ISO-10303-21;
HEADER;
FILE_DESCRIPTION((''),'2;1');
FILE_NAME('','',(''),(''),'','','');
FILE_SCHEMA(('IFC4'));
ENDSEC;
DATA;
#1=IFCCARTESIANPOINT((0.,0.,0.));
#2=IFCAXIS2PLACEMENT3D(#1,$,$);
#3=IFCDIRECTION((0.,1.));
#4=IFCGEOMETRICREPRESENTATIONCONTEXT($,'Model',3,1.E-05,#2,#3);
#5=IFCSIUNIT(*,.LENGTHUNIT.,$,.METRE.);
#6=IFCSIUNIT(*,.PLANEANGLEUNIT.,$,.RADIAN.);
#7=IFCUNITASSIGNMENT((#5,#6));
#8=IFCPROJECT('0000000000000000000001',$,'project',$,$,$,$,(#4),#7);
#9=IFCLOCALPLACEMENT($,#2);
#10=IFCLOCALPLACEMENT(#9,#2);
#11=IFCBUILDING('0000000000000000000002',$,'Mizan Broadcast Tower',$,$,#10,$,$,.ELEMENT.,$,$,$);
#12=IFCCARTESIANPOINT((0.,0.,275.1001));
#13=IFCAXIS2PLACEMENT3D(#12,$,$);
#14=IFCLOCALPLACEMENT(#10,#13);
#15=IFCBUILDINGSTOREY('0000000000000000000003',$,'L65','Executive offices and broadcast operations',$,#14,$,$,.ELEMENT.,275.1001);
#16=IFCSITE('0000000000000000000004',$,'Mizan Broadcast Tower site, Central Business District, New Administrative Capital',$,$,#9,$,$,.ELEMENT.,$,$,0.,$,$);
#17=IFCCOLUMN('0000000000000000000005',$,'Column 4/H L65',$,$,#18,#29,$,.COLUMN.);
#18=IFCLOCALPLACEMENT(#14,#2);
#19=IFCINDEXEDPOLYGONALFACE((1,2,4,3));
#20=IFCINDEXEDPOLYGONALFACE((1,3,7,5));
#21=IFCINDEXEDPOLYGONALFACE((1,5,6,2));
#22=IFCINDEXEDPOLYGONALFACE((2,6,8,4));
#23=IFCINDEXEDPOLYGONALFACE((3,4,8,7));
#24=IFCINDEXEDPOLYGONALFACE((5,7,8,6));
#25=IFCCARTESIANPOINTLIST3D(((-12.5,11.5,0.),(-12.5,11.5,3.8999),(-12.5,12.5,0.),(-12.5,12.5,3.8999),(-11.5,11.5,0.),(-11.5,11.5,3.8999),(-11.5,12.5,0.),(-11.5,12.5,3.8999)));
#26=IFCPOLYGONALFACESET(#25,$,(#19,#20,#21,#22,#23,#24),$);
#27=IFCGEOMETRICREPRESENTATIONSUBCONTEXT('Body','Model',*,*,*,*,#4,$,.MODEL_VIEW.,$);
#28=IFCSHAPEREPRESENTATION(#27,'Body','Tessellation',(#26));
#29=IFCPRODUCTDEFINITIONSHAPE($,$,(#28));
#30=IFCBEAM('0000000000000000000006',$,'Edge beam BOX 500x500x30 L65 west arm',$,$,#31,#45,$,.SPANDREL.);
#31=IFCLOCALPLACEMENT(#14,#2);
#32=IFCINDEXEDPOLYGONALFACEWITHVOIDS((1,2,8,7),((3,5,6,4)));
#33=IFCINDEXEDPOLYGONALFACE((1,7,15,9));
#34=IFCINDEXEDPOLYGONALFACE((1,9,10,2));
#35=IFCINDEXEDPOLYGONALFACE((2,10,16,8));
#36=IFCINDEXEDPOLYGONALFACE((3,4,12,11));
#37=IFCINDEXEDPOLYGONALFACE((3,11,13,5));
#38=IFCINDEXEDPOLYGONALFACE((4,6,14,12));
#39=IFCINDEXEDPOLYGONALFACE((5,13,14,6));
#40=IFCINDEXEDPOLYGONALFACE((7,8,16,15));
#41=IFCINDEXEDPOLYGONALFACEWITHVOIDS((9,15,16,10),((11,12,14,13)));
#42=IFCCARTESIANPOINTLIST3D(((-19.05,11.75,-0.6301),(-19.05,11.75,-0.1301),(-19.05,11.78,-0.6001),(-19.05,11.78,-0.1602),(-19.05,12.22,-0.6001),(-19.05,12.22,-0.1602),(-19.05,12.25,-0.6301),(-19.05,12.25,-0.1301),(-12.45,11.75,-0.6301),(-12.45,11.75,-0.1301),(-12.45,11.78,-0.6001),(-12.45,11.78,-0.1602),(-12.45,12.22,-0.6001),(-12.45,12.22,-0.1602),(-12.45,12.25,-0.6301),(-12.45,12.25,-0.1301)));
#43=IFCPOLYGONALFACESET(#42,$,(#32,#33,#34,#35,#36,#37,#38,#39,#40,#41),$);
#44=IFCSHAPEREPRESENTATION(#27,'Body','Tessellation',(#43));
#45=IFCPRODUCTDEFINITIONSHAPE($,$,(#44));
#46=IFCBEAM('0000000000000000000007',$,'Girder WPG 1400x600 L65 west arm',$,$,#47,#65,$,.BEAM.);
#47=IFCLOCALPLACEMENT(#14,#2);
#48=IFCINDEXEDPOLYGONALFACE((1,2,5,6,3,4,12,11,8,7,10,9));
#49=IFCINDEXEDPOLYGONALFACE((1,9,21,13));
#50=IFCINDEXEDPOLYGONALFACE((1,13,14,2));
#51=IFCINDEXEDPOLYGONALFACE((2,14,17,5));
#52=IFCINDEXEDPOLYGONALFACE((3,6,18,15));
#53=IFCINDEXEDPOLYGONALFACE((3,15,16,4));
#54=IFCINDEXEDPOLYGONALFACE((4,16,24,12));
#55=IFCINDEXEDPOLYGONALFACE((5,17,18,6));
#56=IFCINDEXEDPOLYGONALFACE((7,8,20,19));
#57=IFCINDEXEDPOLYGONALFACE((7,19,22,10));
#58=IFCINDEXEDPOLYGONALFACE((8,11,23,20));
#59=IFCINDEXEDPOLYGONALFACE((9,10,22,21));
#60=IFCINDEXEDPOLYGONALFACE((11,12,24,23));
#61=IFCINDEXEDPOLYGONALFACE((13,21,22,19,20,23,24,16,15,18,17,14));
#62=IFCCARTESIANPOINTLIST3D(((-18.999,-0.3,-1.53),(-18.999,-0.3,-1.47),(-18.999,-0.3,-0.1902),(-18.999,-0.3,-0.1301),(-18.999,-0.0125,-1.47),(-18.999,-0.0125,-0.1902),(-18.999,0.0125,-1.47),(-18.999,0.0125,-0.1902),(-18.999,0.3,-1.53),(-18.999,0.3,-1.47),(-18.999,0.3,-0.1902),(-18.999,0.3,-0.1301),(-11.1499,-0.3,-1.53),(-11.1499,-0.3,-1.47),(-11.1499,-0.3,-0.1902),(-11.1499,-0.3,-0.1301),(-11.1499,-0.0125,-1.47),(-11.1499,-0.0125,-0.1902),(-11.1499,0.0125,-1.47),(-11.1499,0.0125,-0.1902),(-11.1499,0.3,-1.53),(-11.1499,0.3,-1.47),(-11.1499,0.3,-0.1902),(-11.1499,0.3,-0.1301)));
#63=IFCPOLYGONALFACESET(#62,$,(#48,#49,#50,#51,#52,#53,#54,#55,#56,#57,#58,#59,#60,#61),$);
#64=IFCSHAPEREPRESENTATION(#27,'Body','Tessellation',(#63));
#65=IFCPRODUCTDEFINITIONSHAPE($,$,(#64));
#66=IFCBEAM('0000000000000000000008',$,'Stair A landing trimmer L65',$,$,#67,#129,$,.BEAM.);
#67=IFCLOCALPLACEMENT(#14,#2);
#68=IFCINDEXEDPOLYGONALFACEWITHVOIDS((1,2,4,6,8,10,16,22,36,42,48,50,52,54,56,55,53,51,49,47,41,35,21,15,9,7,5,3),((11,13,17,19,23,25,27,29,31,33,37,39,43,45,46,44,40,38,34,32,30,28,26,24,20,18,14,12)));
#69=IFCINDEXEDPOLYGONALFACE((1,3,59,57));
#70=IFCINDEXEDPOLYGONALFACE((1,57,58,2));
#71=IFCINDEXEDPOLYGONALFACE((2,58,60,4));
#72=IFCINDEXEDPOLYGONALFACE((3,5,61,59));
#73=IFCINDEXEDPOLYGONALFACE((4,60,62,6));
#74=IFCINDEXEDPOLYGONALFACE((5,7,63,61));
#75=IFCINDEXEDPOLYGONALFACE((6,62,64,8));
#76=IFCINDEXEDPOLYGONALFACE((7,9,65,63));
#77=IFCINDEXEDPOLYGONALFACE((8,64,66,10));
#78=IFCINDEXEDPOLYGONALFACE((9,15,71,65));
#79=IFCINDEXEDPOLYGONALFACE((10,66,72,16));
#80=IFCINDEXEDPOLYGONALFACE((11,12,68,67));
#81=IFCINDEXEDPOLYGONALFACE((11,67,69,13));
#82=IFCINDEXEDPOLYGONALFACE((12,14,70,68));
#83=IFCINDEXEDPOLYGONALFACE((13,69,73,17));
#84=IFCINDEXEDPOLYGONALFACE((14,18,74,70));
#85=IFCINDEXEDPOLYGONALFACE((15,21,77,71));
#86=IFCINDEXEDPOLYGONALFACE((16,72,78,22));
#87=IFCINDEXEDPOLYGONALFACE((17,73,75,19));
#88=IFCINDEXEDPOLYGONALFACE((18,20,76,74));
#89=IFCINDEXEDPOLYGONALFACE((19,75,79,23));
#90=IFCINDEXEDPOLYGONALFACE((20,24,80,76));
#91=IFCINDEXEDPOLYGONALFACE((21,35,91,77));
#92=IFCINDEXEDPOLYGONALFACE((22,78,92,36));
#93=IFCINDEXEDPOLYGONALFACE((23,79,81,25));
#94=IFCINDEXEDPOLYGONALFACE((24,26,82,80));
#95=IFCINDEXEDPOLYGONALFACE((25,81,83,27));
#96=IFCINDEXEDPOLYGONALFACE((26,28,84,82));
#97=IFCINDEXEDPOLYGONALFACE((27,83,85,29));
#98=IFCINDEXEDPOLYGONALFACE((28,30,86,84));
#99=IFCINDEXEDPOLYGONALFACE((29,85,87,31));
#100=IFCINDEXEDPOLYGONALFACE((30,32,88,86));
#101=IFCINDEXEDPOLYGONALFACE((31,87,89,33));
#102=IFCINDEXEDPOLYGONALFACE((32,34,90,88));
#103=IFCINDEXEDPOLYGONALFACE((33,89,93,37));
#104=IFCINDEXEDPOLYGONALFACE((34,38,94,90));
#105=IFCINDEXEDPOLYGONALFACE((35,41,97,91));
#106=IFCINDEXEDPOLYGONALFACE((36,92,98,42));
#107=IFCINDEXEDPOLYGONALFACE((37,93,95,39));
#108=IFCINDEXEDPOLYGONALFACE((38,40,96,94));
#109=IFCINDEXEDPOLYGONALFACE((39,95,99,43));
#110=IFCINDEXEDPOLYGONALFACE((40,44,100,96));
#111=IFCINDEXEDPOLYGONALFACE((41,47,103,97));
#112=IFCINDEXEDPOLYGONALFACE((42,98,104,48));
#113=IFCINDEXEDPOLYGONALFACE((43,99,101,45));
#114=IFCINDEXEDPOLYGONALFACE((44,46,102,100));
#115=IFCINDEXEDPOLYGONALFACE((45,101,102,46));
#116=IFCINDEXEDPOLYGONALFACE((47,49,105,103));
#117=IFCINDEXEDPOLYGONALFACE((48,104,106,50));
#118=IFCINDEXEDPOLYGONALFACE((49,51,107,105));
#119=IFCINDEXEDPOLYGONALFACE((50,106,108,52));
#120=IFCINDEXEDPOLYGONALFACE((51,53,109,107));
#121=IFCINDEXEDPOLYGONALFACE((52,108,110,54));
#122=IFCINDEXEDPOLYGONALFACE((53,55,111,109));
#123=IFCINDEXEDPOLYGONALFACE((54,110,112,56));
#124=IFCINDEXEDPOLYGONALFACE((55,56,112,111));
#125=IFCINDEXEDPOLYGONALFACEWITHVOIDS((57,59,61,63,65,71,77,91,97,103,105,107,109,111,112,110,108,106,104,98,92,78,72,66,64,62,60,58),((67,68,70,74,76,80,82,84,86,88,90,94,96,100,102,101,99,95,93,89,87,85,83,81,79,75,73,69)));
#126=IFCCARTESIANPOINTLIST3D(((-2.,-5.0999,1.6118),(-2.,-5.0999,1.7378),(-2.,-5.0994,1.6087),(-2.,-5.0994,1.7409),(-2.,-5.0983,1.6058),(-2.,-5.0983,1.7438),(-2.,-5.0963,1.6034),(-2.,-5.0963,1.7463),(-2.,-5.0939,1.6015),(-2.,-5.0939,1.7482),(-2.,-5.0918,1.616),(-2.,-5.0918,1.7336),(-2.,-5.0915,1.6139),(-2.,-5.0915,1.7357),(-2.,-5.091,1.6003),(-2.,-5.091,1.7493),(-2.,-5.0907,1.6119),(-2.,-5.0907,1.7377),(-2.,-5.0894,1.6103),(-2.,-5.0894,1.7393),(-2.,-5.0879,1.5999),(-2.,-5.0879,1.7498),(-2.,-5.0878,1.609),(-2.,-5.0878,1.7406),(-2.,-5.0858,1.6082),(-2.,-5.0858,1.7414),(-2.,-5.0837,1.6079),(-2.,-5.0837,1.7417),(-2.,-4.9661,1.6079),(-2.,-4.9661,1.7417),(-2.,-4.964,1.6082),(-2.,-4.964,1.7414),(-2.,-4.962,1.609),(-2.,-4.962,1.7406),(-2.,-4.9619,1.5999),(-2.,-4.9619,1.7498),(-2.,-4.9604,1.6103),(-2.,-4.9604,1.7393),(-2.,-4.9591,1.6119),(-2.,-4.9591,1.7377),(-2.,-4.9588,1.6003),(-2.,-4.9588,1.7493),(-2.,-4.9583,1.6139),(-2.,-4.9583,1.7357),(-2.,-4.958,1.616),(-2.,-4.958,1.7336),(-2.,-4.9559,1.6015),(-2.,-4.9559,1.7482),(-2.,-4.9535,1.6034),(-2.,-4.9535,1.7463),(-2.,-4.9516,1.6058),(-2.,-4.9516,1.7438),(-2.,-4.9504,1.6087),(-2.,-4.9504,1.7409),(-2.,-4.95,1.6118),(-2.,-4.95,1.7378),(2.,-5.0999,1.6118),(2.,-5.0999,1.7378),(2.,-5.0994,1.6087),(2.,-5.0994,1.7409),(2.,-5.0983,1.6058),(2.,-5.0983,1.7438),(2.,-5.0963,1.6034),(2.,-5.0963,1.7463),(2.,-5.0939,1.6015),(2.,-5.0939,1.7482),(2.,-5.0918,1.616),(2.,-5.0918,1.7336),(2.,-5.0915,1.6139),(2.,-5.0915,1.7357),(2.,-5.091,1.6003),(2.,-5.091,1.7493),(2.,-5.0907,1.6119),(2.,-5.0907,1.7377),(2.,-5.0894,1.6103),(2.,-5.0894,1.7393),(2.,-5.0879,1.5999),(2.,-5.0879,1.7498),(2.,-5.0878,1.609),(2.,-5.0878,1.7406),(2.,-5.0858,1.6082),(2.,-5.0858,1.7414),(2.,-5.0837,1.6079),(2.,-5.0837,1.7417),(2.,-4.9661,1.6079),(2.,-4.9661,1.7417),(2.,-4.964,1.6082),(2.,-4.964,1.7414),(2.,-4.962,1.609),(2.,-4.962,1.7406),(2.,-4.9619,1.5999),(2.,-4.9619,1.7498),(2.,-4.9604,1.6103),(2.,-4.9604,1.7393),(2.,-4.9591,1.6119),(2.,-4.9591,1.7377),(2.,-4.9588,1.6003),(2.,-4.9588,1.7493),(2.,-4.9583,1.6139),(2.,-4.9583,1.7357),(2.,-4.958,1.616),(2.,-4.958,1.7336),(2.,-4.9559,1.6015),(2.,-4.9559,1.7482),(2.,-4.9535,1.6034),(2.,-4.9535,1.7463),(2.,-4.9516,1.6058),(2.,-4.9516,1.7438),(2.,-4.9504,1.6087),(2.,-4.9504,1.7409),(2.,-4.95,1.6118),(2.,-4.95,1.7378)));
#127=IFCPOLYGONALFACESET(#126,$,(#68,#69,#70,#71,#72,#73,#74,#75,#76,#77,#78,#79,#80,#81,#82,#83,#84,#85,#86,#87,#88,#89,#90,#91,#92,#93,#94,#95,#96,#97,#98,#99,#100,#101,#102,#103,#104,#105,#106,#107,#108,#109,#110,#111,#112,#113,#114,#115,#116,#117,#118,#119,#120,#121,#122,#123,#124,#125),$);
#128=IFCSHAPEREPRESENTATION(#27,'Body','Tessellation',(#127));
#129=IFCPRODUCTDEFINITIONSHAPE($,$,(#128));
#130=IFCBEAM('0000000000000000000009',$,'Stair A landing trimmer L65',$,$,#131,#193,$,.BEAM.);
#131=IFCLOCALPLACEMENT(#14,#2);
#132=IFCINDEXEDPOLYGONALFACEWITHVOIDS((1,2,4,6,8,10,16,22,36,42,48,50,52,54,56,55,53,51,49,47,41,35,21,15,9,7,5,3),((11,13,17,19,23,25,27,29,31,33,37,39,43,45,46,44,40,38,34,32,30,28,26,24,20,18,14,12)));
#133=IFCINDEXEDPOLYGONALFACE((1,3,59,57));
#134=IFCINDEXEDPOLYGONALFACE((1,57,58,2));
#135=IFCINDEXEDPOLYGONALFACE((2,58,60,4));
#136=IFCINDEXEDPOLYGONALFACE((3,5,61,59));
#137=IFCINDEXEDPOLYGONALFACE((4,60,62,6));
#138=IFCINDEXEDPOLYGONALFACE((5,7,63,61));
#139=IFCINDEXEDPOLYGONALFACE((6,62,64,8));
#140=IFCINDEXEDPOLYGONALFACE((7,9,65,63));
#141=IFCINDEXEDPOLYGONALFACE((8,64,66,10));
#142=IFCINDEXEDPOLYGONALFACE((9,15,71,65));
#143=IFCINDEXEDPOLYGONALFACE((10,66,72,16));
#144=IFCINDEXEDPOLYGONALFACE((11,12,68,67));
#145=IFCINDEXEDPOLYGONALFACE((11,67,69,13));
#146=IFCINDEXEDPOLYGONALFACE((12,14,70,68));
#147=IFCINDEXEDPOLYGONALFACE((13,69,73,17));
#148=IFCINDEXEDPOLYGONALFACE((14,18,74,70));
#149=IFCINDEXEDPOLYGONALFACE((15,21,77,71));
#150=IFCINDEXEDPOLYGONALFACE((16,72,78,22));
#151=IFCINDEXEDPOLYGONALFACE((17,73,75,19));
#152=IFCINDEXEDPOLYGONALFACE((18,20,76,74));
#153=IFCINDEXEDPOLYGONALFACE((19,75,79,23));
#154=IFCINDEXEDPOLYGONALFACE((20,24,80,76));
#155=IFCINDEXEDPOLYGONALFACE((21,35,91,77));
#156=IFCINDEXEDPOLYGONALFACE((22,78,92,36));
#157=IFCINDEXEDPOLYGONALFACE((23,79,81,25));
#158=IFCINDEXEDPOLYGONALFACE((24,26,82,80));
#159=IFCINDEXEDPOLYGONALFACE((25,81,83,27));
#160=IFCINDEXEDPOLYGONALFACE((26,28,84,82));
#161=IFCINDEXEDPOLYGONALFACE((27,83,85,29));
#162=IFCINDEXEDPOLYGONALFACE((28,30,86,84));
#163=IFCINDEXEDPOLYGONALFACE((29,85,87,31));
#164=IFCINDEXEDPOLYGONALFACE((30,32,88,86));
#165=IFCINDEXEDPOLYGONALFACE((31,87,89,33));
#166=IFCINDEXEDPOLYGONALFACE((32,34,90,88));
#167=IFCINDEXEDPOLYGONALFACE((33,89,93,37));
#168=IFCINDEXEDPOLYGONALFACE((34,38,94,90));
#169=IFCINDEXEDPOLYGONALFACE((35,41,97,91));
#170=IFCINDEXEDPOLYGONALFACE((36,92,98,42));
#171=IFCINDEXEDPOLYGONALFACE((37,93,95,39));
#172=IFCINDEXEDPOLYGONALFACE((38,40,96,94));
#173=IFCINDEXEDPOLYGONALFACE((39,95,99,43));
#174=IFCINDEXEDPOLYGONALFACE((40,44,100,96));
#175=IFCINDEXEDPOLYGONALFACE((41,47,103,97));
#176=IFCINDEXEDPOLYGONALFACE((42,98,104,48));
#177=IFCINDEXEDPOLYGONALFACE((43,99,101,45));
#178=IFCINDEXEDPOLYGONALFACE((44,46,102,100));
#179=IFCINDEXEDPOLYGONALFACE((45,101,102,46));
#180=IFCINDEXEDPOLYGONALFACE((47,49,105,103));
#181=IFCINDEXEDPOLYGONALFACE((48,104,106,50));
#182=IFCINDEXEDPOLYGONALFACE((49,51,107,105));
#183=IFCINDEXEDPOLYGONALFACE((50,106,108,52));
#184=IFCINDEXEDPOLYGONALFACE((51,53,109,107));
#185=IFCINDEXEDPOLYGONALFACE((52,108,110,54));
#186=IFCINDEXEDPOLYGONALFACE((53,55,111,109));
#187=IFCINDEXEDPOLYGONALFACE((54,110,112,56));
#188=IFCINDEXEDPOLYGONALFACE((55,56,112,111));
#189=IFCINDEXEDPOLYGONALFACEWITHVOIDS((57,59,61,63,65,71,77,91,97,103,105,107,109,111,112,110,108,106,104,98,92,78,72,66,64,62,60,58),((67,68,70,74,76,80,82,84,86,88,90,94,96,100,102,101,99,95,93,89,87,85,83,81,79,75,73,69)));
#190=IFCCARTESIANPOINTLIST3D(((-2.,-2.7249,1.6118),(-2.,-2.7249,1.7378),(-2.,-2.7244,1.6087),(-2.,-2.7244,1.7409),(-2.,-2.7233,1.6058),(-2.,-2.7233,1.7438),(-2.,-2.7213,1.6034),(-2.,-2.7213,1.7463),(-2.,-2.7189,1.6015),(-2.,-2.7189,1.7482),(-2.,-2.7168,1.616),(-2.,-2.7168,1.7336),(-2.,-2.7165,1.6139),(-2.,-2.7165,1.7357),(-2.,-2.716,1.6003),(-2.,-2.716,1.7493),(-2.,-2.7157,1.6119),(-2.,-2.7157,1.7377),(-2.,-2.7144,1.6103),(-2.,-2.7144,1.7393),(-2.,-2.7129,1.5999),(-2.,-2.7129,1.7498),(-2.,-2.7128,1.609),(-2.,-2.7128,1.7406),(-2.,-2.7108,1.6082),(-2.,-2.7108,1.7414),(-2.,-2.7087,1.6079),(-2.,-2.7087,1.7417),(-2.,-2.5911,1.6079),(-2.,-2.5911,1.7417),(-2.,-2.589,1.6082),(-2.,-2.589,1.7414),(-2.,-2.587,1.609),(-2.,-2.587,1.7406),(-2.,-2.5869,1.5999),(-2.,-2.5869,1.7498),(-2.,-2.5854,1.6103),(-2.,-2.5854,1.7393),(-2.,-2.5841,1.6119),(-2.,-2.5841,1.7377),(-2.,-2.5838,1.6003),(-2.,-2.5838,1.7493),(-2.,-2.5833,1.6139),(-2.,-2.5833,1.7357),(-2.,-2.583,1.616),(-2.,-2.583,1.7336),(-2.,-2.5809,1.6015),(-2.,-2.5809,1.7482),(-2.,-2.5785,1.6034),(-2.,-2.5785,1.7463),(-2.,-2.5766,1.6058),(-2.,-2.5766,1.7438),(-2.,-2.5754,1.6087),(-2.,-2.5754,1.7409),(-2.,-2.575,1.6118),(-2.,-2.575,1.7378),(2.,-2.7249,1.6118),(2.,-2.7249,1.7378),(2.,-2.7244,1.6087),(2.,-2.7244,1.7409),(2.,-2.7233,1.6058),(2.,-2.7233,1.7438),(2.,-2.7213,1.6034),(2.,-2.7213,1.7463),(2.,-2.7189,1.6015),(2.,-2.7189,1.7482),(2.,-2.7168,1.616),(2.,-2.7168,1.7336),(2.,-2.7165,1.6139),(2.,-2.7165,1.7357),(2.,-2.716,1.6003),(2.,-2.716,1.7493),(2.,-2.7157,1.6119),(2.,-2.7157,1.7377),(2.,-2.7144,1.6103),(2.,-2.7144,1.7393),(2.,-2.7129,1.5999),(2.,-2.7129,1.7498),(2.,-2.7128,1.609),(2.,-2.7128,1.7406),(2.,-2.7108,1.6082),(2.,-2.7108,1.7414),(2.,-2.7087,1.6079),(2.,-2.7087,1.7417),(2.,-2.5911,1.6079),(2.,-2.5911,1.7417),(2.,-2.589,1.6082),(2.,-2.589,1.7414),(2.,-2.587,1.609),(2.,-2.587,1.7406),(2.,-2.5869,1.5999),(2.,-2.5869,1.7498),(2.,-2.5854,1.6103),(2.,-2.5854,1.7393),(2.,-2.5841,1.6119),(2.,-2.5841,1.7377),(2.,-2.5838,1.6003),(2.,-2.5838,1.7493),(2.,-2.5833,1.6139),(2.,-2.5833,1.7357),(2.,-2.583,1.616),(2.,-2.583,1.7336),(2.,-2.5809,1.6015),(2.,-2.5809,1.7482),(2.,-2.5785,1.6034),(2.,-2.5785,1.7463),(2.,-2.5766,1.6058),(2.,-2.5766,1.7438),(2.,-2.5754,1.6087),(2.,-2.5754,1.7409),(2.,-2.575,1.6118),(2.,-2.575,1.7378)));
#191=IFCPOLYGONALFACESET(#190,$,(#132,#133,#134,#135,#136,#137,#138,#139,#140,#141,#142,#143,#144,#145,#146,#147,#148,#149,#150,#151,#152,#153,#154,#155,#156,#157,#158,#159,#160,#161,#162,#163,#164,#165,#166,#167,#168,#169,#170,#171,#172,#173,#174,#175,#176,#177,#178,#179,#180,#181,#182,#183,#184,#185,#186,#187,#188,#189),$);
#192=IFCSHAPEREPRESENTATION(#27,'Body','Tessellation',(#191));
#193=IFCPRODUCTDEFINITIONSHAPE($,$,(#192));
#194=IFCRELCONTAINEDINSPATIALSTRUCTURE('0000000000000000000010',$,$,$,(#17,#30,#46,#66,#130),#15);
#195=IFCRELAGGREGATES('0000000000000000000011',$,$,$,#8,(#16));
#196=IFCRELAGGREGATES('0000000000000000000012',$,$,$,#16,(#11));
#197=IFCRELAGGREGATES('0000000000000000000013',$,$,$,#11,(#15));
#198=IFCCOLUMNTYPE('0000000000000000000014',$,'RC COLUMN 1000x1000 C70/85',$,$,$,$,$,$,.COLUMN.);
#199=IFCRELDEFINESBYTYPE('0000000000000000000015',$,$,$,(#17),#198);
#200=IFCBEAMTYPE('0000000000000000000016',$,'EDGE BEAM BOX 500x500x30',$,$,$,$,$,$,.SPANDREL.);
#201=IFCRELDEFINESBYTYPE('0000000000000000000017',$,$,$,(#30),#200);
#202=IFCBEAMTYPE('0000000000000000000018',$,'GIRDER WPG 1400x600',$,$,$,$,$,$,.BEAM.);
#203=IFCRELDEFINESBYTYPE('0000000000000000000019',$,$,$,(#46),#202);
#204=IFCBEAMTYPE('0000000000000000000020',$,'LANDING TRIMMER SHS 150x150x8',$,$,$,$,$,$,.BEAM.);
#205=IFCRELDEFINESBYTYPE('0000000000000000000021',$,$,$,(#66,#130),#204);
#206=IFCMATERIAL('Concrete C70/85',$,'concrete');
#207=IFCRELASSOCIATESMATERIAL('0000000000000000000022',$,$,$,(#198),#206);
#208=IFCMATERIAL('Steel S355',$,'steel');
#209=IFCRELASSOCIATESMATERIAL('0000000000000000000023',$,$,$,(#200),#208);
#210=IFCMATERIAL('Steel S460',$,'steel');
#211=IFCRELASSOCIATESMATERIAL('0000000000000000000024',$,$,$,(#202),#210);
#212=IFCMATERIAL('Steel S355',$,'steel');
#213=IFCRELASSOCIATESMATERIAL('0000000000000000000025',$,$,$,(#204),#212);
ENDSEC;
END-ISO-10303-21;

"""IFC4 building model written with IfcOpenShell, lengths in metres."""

from ifc_helpers import new_model, si_unit, direction, frame, origin, origin_2d, place, context, subcontext, project, spatial, rectangle, hollow_rectangle, i_section, extrude, material, material_profile, profile_set, type_object, element, save


model = new_model("IFC4")

# Units and contexts
model_context = context("Model", 3, precision=1e-05, world=origin(), true_north=direction((0.0, 1.0)))
body_context = subcontext(model_context, "Body", "Model", "MODEL_VIEW")
ifc_project = project(units=[si_unit("LENGTHUNIT", "METRE"), si_unit("PLANEANGLEUNIT", "RADIAN")], contexts=[model_context])

# Site, building, storey
site_placement = place(None, origin())
site = spatial("IfcSite", under=ifc_project, at=site_placement, Name="Mizan Broadcast Tower site, Central Business District, New Administrative Capital", CompositionType="ELEMENT", RefElevation=0.0)
building_placement = place(site_placement, origin())
building = spatial("IfcBuilding", under=site, at=building_placement, Name="Mizan Broadcast Tower", CompositionType="ELEMENT")
storey_placement = place(building_placement, frame((0.0, 0.0, 275.1001)))
storey = spatial("IfcBuildingStorey", under=building, at=storey_placement, Name="L65", Description="Executive offices and broadcast operations", CompositionType="ELEMENT", Elevation=275.1001)

# Column
ifc_material_1 = material(Name="Concrete C70/85", Category="concrete")
ifc_material_profile_1 = material_profile(ifc_material_1, rectangle(XDim=1.0, YDim=1.0, at=origin_2d()), Name="RC 1000x1000")
ifc_profile_set_1 = profile_set([ifc_material_profile_1], Name="Concrete C70/85")
column_type = type_object("IfcColumnType", Name="RC COLUMN 1000x1000 C70/85", PredefinedType="COLUMN", material=ifc_profile_set_1)
column_placement = place(storey_placement, frame((-12.0, 12.0, 0.0), z_axis=(0.0, 0.0, 1.0), x_axis=(1.0, 0.0, 0.0)))
element("IfcColumn", 1, at=column_placement, inside=storey, type_object=column_type, Name="Column 4/H L65", PredefinedType="COLUMN", context=body_context, shape_type="SweptSolid", body=[
    extrude(rectangle(XDim=1.0, YDim=1.0, at=origin_2d()), origin(), (0.0, 0.0, 1.0), 3.8999),
])

# Beams
ifc_material_2 = material(Name="Steel S355", Category="steel")
ifc_material_profile_2 = material_profile(ifc_material_2, hollow_rectangle(XDim=0.5, YDim=0.5, WallThickness=0.03, at=origin_2d()), Name="BOX 500x500x30")
ifc_profile_set_2 = profile_set([ifc_material_profile_2], Name="Steel S355")
beam_type_1 = type_object("IfcBeamType", Name="EDGE BEAM BOX 500x500x30", PredefinedType="SPANDREL", material=ifc_profile_set_2)
beam_1_placement = place(storey_placement, frame((-12.45, 12.0, -0.3801), z_axis=(-1.0, 0.0, 0.0), x_axis=(0.0, -1.0, 0.0)))
element("IfcBeam", 2, at=beam_1_placement, inside=storey, type_object=beam_type_1, Name="Edge beam BOX 500x500x30 L65 west arm", PredefinedType="SPANDREL", context=body_context, shape_type="SweptSolid", body=[
    extrude(hollow_rectangle(XDim=0.5, YDim=0.5, WallThickness=0.03, at=origin_2d()), origin(), (0.0, 0.0, 1.0), 6.6001),
])
ifc_material_3 = material(Name="Steel S460", Category="steel")
ifc_material_profile_3 = material_profile(ifc_material_3, i_section(OverallWidth=0.6001, OverallDepth=1.3999, WebThickness=0.0249, FlangeThickness=0.0601, at=origin_2d()), Name="WPG 1400x600")
ifc_profile_set_3 = profile_set([ifc_material_profile_3], Name="Steel S460")
beam_type_2 = type_object("IfcBeamType", Name="GIRDER WPG 1400x600", PredefinedType="BEAM", material=ifc_profile_set_3)
beam_2_placement = place(storey_placement, frame((-11.1499, 0.0, -0.8301), z_axis=(-1.0, 0.0, 0.0), x_axis=(0.0, -1.0, 0.0)))
element("IfcBeam", 3, at=beam_2_placement, inside=storey, type_object=beam_type_2, Name="Girder WPG 1400x600 L65 west arm", PredefinedType="BEAM", context=body_context, shape_type="SweptSolid", body=[
    extrude(i_section(OverallWidth=0.6001, OverallDepth=1.3999, WebThickness=0.0249, FlangeThickness=0.0601, at=origin_2d()), origin(), (0.0, 0.0, 1.0), 7.8491),
])
ifc_material_4 = material(Name="Steel S355", Category="steel")
ifc_material_profile_4 = material_profile(ifc_material_4, hollow_rectangle(XDim=0.1499, YDim=0.1499, WallThickness=0.0081, InnerFilletRadius=0.0081, OuterFilletRadius=0.012, at=origin_2d()), Name="SHS 150x150x8")
ifc_profile_set_4 = profile_set([ifc_material_profile_4], Name="Steel S355")
beam_type_3 = type_object("IfcBeamType", Name="LANDING TRIMMER SHS 150x150x8", PredefinedType="BEAM", material=ifc_profile_set_4)
for number, where, z_axis, x_axis, name in (
    (4, (-2.0, -5.0249, 1.6748), (1.0, 0.0, 0.0), (0.0, 1.0, 0.0), "Stair A landing trimmer L65"),
    (5, (-2.0, -2.6499, 1.6748), (1.0, 0.0, 0.0), (0.0, 1.0, 0.0), "Stair A landing trimmer L65"),
):
    element("IfcBeam", number, at=place(storey_placement, frame(where, z_axis=z_axis, x_axis=x_axis)), inside=storey, type_object=beam_type_3, Name=name, PredefinedType="BEAM", context=body_context, shape_type="SweptSolid", body=[
        extrude(hollow_rectangle(XDim=0.1499, YDim=0.1499, WallThickness=0.0081, InnerFilletRadius=0.0081, OuterFilletRadius=0.012, at=origin_2d()), origin(), (0.0, 0.0, 1.0), 4.0),
    ])

save(model, "model.ifc")
